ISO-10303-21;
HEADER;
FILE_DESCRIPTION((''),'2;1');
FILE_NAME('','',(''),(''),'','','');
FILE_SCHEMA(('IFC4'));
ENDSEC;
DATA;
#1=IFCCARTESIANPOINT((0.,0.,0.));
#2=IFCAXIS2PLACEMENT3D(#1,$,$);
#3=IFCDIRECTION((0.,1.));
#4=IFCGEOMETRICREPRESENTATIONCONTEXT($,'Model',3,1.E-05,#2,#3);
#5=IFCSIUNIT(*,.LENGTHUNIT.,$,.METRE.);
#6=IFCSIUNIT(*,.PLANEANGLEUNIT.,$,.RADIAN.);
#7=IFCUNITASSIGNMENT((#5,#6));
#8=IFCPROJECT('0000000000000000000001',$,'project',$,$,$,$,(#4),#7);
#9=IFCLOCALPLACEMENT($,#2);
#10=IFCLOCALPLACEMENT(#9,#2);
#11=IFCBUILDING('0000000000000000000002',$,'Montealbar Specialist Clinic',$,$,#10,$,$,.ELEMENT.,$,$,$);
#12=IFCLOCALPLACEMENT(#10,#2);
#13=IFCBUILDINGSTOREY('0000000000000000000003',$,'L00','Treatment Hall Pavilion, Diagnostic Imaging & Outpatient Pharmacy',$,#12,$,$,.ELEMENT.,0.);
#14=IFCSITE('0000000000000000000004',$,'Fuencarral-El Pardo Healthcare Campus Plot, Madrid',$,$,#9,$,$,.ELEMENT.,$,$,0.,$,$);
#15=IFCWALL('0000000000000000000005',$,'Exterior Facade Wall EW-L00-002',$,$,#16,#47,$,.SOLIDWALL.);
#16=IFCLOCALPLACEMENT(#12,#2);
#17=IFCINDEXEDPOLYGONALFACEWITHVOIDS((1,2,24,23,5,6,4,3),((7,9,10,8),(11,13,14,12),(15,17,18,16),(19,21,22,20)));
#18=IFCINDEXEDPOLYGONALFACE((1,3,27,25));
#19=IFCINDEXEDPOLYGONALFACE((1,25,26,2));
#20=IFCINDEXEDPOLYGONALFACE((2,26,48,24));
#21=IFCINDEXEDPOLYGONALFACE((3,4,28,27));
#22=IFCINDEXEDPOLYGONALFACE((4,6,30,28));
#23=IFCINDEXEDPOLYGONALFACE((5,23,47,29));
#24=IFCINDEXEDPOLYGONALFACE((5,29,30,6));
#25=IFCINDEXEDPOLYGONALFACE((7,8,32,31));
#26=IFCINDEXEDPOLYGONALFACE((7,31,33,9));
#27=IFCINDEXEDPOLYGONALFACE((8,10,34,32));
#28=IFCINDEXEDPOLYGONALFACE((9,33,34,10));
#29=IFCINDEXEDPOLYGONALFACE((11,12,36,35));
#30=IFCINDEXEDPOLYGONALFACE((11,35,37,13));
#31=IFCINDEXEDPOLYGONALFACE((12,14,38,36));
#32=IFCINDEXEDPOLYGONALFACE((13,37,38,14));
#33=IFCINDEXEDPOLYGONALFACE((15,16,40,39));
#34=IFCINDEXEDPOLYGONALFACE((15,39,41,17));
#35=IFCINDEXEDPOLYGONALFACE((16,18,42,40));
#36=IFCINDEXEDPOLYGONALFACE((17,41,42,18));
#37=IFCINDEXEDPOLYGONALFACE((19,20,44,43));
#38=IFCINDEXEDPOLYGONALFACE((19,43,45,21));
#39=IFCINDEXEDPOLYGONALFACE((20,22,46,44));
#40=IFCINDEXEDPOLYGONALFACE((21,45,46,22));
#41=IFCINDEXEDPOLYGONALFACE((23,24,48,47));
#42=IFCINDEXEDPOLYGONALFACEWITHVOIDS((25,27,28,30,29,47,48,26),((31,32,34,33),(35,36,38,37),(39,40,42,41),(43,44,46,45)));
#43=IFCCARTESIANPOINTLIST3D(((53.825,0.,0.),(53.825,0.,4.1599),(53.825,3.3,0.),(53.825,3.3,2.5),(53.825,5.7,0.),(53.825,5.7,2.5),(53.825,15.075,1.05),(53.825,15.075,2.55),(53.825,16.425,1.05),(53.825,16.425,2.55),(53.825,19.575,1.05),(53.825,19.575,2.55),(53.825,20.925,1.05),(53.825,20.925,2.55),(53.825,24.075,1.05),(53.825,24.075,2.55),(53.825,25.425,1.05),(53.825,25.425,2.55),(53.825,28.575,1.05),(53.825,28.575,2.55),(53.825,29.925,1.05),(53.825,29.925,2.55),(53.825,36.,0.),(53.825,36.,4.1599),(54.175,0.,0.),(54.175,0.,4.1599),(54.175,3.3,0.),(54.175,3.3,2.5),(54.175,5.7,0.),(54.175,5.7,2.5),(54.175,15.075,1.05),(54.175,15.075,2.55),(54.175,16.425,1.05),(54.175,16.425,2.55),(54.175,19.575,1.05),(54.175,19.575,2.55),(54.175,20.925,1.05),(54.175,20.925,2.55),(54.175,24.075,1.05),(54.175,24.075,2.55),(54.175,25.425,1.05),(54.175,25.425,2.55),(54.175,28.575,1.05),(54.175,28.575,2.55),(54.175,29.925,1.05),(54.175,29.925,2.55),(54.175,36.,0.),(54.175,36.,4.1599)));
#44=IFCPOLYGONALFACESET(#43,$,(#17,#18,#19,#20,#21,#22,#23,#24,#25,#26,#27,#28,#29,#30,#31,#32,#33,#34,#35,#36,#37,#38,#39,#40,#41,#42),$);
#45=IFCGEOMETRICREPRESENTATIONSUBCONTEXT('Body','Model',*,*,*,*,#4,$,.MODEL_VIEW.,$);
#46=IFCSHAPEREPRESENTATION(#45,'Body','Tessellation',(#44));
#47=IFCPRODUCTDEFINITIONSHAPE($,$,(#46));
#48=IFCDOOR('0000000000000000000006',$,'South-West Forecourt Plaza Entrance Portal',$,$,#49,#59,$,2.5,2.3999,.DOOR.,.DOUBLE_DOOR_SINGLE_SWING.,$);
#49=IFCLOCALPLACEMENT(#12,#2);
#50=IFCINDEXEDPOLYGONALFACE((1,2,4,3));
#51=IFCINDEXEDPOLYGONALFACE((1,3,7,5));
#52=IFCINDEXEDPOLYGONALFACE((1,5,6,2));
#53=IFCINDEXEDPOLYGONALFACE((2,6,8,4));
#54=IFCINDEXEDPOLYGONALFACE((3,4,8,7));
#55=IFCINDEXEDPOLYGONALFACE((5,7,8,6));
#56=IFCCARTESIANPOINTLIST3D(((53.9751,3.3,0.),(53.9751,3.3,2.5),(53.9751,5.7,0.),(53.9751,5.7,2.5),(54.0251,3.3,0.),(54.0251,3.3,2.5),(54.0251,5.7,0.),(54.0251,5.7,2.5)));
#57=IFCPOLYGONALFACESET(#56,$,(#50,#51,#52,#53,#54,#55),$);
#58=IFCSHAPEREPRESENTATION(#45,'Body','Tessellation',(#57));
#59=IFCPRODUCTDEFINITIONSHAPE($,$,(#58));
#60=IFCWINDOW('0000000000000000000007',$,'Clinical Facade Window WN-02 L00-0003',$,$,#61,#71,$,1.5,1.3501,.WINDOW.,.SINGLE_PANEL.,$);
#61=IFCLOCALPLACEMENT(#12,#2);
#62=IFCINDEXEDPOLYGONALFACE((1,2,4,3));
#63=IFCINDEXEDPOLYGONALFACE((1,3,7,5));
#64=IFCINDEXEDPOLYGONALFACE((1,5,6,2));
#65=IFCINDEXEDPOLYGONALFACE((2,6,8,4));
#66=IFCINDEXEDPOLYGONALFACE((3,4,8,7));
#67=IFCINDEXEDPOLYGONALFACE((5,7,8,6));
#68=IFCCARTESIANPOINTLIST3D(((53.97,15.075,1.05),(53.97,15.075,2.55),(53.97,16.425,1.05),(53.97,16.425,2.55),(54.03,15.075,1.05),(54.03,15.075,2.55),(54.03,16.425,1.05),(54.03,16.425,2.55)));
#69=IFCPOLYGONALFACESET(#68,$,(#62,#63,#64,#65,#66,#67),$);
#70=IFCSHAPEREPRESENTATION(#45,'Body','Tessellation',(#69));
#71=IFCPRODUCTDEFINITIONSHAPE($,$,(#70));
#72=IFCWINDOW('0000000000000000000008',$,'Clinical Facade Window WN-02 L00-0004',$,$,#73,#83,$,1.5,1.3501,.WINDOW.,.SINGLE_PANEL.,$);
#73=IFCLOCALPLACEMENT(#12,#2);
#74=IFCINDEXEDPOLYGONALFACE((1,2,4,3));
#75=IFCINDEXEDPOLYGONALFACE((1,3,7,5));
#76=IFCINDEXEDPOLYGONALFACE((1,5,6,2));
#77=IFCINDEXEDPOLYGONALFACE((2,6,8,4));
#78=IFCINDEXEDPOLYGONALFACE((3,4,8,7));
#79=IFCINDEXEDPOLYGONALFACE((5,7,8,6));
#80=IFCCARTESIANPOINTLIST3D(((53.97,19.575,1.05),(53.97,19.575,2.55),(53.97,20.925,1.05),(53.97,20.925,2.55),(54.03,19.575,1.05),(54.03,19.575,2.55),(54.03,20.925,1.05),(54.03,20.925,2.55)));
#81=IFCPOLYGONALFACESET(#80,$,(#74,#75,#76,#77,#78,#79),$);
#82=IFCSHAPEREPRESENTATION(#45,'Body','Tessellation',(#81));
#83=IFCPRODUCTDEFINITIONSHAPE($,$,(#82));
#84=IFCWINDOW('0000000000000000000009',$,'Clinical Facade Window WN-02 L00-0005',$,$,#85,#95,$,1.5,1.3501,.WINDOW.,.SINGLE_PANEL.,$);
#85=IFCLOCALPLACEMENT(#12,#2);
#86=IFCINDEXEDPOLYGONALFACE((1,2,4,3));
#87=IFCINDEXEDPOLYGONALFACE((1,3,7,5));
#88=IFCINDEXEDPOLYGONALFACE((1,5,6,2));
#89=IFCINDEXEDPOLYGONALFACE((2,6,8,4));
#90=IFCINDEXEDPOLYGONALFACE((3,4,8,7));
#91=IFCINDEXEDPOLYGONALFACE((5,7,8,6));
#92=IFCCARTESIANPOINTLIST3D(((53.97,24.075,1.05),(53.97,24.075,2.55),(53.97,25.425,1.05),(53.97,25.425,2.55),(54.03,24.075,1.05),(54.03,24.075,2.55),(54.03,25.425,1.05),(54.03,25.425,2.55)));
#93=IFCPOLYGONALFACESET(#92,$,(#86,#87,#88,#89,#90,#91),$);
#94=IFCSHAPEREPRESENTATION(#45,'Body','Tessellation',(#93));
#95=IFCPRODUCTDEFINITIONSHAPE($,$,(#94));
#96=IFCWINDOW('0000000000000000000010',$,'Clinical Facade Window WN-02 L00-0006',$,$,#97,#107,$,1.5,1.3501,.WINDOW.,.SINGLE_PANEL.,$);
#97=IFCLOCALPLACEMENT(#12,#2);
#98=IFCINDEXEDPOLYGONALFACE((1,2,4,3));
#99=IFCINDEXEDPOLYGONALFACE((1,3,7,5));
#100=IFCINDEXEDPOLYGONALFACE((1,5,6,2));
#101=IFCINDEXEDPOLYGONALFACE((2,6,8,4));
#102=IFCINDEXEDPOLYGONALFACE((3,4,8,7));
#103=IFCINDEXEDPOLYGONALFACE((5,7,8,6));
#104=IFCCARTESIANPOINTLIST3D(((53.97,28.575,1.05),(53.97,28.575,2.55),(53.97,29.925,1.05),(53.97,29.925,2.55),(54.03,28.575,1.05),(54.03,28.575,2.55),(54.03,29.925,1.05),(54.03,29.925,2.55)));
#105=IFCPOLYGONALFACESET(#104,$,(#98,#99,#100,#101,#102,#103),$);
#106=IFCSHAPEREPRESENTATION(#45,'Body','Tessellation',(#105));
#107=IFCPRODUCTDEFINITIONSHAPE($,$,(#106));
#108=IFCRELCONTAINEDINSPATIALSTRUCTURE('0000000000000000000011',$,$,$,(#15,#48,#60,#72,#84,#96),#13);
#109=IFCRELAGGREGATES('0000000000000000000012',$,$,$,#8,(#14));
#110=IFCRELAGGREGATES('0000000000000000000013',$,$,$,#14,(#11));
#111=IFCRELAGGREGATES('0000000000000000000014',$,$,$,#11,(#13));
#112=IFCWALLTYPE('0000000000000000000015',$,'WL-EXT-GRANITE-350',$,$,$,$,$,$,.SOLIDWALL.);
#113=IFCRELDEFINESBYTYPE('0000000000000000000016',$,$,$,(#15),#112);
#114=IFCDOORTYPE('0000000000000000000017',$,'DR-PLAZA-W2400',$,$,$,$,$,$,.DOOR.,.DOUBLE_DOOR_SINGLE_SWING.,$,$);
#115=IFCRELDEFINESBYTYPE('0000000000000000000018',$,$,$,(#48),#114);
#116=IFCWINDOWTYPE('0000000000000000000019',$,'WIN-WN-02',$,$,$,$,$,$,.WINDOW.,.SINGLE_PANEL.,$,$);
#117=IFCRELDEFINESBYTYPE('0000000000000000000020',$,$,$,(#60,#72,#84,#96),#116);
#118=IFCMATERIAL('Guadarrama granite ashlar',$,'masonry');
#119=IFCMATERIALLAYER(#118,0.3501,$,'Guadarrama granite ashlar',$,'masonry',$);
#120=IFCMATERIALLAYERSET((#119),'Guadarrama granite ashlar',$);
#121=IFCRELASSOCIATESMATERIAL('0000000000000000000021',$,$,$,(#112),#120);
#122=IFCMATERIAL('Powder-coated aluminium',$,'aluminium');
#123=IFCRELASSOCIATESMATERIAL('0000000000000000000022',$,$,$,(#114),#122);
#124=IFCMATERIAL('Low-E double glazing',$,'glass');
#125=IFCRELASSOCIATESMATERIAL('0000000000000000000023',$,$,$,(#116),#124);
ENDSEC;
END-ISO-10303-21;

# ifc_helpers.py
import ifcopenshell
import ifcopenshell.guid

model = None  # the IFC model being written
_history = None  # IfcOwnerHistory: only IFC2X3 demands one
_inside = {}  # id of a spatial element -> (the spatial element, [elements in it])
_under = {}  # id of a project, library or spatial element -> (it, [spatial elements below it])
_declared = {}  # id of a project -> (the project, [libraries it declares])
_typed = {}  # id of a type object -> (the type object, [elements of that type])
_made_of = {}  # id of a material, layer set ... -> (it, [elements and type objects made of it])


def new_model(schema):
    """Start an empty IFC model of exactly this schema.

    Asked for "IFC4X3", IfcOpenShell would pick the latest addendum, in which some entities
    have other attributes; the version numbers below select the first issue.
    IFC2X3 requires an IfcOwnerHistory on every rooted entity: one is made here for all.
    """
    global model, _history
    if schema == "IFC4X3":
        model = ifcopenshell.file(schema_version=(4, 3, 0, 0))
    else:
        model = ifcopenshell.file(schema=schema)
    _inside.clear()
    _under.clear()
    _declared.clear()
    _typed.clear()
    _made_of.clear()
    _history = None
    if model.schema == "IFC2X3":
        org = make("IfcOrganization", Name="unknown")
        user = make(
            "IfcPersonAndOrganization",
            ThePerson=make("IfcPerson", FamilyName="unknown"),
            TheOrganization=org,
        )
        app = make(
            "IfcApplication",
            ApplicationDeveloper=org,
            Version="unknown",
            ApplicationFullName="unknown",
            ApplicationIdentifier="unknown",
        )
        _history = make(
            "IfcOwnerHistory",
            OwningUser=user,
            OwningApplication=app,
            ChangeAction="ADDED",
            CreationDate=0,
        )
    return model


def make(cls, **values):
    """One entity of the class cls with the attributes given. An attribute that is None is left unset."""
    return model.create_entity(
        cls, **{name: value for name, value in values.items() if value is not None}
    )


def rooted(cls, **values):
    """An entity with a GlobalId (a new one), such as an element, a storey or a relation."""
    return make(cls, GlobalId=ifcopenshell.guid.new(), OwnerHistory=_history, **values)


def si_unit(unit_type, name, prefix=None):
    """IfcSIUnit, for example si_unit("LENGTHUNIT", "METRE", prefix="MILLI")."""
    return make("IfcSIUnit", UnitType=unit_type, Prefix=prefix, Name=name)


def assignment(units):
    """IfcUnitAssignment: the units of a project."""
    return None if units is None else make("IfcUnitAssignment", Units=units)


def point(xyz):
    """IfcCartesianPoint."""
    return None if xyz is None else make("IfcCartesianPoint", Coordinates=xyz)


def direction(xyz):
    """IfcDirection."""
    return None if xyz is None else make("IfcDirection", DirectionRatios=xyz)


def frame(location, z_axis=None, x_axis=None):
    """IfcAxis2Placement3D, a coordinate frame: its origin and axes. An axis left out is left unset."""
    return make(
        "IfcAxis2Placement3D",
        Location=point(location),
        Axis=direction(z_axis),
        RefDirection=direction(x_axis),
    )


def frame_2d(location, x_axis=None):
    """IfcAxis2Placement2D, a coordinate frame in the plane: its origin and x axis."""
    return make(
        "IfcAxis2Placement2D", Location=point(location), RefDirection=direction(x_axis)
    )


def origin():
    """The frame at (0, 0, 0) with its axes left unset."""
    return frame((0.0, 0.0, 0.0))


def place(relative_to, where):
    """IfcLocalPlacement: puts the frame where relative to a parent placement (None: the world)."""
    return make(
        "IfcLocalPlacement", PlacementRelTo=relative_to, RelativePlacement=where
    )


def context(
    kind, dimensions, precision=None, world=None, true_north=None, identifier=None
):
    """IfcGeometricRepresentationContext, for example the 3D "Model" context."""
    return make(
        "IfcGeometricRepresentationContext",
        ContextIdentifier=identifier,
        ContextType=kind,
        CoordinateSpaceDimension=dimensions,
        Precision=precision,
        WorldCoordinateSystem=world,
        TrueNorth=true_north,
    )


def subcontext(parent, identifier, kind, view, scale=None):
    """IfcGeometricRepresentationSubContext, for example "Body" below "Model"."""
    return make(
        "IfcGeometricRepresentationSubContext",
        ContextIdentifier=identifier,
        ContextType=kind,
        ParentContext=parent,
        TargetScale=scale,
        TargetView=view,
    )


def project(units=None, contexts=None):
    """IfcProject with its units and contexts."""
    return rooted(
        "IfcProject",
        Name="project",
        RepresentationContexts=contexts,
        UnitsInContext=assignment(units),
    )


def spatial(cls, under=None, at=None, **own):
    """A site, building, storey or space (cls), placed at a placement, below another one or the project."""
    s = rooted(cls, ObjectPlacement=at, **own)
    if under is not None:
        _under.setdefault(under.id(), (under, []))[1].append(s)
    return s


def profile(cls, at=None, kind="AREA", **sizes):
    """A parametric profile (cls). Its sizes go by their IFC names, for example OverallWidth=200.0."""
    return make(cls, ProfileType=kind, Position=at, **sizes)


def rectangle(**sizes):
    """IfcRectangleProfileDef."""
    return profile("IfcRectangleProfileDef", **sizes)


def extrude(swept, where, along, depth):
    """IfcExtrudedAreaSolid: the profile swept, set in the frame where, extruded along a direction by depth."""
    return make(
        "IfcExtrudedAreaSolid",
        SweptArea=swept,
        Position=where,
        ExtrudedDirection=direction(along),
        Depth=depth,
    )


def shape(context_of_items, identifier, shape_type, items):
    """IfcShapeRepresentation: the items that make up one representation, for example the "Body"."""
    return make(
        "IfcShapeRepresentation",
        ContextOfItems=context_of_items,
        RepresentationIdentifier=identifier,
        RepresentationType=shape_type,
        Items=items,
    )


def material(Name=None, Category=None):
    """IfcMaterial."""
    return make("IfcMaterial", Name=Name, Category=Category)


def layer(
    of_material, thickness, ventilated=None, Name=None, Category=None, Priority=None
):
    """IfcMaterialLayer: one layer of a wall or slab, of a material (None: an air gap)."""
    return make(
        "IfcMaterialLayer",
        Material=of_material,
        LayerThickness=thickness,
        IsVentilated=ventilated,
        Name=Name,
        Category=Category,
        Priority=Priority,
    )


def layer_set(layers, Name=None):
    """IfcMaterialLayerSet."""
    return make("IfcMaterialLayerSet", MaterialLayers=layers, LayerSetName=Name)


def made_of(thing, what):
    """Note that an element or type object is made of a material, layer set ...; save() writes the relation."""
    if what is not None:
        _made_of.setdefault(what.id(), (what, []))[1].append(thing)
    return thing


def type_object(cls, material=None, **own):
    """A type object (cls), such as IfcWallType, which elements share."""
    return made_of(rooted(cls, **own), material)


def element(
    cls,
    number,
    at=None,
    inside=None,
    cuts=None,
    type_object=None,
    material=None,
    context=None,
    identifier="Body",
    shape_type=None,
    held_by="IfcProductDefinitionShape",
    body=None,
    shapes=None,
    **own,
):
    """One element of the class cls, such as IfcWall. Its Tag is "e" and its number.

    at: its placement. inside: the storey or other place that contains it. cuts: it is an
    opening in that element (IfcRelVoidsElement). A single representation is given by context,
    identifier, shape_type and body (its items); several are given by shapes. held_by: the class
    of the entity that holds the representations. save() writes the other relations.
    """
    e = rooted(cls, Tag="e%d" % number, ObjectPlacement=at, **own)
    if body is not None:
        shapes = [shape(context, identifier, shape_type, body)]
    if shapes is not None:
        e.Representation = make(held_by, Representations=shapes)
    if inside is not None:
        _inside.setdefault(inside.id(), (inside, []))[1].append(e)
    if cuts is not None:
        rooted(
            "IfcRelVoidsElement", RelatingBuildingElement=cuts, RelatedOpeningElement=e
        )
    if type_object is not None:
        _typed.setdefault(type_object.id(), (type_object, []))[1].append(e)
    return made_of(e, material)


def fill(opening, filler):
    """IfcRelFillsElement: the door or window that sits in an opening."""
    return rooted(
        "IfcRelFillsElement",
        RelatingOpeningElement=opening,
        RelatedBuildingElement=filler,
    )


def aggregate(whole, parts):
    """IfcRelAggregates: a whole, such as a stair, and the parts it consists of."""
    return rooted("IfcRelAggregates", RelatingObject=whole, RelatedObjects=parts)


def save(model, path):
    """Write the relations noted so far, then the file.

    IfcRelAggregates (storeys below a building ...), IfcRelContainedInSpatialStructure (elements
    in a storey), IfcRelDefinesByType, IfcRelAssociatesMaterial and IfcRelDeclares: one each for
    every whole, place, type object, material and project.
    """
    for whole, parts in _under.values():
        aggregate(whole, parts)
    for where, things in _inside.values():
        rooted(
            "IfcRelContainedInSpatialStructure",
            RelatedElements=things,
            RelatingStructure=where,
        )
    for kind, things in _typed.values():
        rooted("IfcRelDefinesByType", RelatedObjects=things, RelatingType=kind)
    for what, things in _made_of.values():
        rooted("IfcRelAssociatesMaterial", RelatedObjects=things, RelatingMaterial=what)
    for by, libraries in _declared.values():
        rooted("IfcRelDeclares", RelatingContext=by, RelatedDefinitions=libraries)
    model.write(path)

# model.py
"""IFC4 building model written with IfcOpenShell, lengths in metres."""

from ifc_helpers import new_model, si_unit, direction, frame, frame_2d, origin, place, context, subcontext, project, spatial, rectangle, extrude, material, layer, layer_set, type_object, element, fill, save


model = new_model("IFC4")

# Units and contexts
model_context = context("Model", 3, precision=1e-05, world=origin(), true_north=direction((0.0, 1.0)))
body_context = subcontext(model_context, "Body", "Model", "MODEL_VIEW")
ifc_project = project(units=[si_unit("LENGTHUNIT", "METRE"), si_unit("PLANEANGLEUNIT", "RADIAN")], contexts=[model_context])

# Site, building, storey
site_placement = place(None, origin())
site = spatial("IfcSite", under=ifc_project, at=site_placement, Name="Fuencarral-El Pardo Healthcare Campus Plot, Madrid", CompositionType="ELEMENT", RefElevation=0.0)
building_placement = place(site_placement, origin())
building = spatial("IfcBuilding", under=site, at=building_placement, Name="Montealbar Specialist Clinic", CompositionType="ELEMENT")
storey_placement = place(building_placement, origin())
storey = spatial("IfcBuildingStorey", under=building, at=storey_placement, Name="L00", Description="Treatment Hall Pavilion, Diagnostic Imaging & Outpatient Pharmacy", CompositionType="ELEMENT", Elevation=0.0)

# Shared definitions
ifc_material_1 = material(Name="Low-E double glazing", Category="glass")

# Wall, openings, door, windows
ifc_material_2 = material(Name="Guadarrama granite ashlar", Category="masonry")
ifc_layer_1 = layer(ifc_material_2, 0.3501, Name="Guadarrama granite ashlar", Category="masonry")
ifc_layer_set_1 = layer_set([ifc_layer_1], Name="Guadarrama granite ashlar")
wall_type_1 = type_object("IfcWallType", Name="WL-EXT-GRANITE-350", PredefinedType="SOLIDWALL", material=ifc_layer_set_1)
wall_1_placement = place(storey_placement, frame((54.0, 0.0, 0.0), z_axis=(0.0, 0.0, 1.0), x_axis=(0.0, 1.0, 0.0)))
wall_1 = element("IfcWall", 1, at=wall_1_placement, inside=storey, type_object=wall_type_1, Name="Exterior Facade Wall EW-L00-002", PredefinedType="SOLIDWALL", context=body_context, shape_type="SweptSolid", body=[
    extrude(rectangle(XDim=36.0, YDim=0.3501, at=frame_2d((18.0, 0.0))), origin(), (0.0, 0.0, 1.0), 4.1599),
])
opening_1_placement = place(wall_1_placement, frame((3.3, 0.0, 0.0)))
opening_1 = element("IfcOpeningElement", 2, at=opening_1_placement, cuts=wall_1, PredefinedType="OPENING", context=body_context, shape_type="SweptSolid", body=[
    extrude(rectangle(XDim=2.3999, YDim=2.5, at=frame_2d((1.2, 1.25))), frame((0.0, 0.1851, 0.0), z_axis=(0.0, -1.0, 0.0), x_axis=(1.0, 0.0, 0.0)), (0.0, 0.0, 1.0), 0.3701),
])
opening_2_placement = place(wall_1_placement, frame((15.075, 0.0, 1.05)))
opening_2 = element("IfcOpeningElement", 3, at=opening_2_placement, cuts=wall_1, PredefinedType="OPENING", context=body_context, shape_type="SweptSolid", body=[
    extrude(rectangle(XDim=1.3501, YDim=1.5, at=frame_2d((0.675, 0.75))), frame((0.0, 0.1851, 0.0), z_axis=(0.0, -1.0, 0.0), x_axis=(1.0, 0.0, 0.0)), (0.0, 0.0, 1.0), 0.3701),
])
opening_3_placement = place(wall_1_placement, frame((19.575, 0.0, 1.05)))
opening_3 = element("IfcOpeningElement", 4, at=opening_3_placement, cuts=wall_1, PredefinedType="OPENING", context=body_context, shape_type="SweptSolid", body=[
    extrude(rectangle(XDim=1.3501, YDim=1.5, at=frame_2d((0.675, 0.75))), frame((0.0, 0.1851, 0.0), z_axis=(0.0, -1.0, 0.0), x_axis=(1.0, 0.0, 0.0)), (0.0, 0.0, 1.0), 0.3701),
])
opening_4_placement = place(wall_1_placement, frame((24.075, 0.0, 1.05)))
opening_4 = element("IfcOpeningElement", 5, at=opening_4_placement, cuts=wall_1, PredefinedType="OPENING", context=body_context, shape_type="SweptSolid", body=[
    extrude(rectangle(XDim=1.3501, YDim=1.5, at=frame_2d((0.675, 0.75))), frame((0.0, 0.1851, 0.0), z_axis=(0.0, -1.0, 0.0), x_axis=(1.0, 0.0, 0.0)), (0.0, 0.0, 1.0), 0.3701),
])
opening_5_placement = place(wall_1_placement, frame((28.575, 0.0, 1.05)))
opening_5 = element("IfcOpeningElement", 6, at=opening_5_placement, cuts=wall_1, PredefinedType="OPENING", context=body_context, shape_type="SweptSolid", body=[
    extrude(rectangle(XDim=1.3501, YDim=1.5, at=frame_2d((0.675, 0.75))), frame((0.0, 0.1851, 0.0), z_axis=(0.0, -1.0, 0.0), x_axis=(1.0, 0.0, 0.0)), (0.0, 0.0, 1.0), 0.3701),
])
ifc_material_3 = material(Name="Powder-coated aluminium", Category="aluminium")
door_type = type_object("IfcDoorType", Name="DR-PLAZA-W2400", OperationType="DOUBLE_DOOR_SINGLE_SWING", PredefinedType="DOOR", material=ifc_material_3)
door_placement = place(opening_1_placement, origin())
door = element("IfcDoor", 7, at=door_placement, inside=storey, type_object=door_type, Name="South-West Forecourt Plaza Entrance Portal", OperationType="DOUBLE_DOOR_SINGLE_SWING", OverallHeight=2.5, OverallWidth=2.3999, PredefinedType="DOOR", context=body_context, shape_type="SweptSolid", body=[
    extrude(rectangle(XDim=2.3999, YDim=2.5, at=frame_2d((1.2, 1.25))), frame((0.0, 0.0249, 0.0), z_axis=(0.0, -1.0, 0.0), x_axis=(1.0, 0.0, 0.0)), (0.0, 0.0, 1.0), 0.05),
])
fill(opening_1, door)
window_type_1 = type_object("IfcWindowType", Name="WIN-WN-02", PartitioningType="SINGLE_PANEL", PredefinedType="WINDOW", material=ifc_material_1)
window_1_placement = place(opening_2_placement, origin())
window_1 = element("IfcWindow", 8, at=window_1_placement, inside=storey, type_object=window_type_1, Name="Clinical Facade Window WN-02 L00-0003", OverallHeight=1.5, OverallWidth=1.3501, PartitioningType="SINGLE_PANEL", PredefinedType="WINDOW", context=body_context, shape_type="SweptSolid", body=[
    extrude(rectangle(XDim=1.3501, YDim=1.5, at=frame_2d((0.675, 0.75))), frame((0.0, 0.03, 0.0), z_axis=(0.0, -1.0, 0.0), x_axis=(1.0, 0.0, 0.0)), (0.0, 0.0, 1.0), 0.0601),
])
fill(opening_2, window_1)
window_2_placement = place(opening_3_placement, origin())
window_2 = element("IfcWindow", 9, at=window_2_placement, inside=storey, type_object=window_type_1, Name="Clinical Facade Window WN-02 L00-0004", OverallHeight=1.5, OverallWidth=1.3501, PartitioningType="SINGLE_PANEL", PredefinedType="WINDOW", context=body_context, shape_type="SweptSolid", body=[
    extrude(rectangle(XDim=1.3501, YDim=1.5, at=frame_2d((0.675, 0.75))), frame((0.0, 0.03, 0.0), z_axis=(0.0, -1.0, 0.0), x_axis=(1.0, 0.0, 0.0)), (0.0, 0.0, 1.0), 0.0601),
])
fill(opening_3, window_2)
window_3_placement = place(opening_4_placement, origin())
window_3 = element("IfcWindow", 10, at=window_3_placement, inside=storey, type_object=window_type_1, Name="Clinical Facade Window WN-02 L00-0005", OverallHeight=1.5, OverallWidth=1.3501, PartitioningType="SINGLE_PANEL", PredefinedType="WINDOW", context=body_context, shape_type="SweptSolid", body=[
    extrude(rectangle(XDim=1.3501, YDim=1.5, at=frame_2d((0.675, 0.75))), frame((0.0, 0.03, 0.0), z_axis=(0.0, -1.0, 0.0), x_axis=(1.0, 0.0, 0.0)), (0.0, 0.0, 1.0), 0.0601),
])
fill(opening_4, window_3)
window_4_placement = place(opening_5_placement, origin())
window_4 = element("IfcWindow", 11, at=window_4_placement, inside=storey, type_object=window_type_1, Name="Clinical Facade Window WN-02 L00-0006", OverallHeight=1.5, OverallWidth=1.3501, PartitioningType="SINGLE_PANEL", PredefinedType="WINDOW", context=body_context, shape_type="SweptSolid", body=[
    extrude(rectangle(XDim=1.3501, YDim=1.5, at=frame_2d((0.675, 0.75))), frame((0.0, 0.03, 0.0), z_axis=(0.0, -1.0, 0.0), x_axis=(1.0, 0.0, 0.0)), (0.0, 0.0, 1.0), 0.0601),
])
fill(opening_5, window_4)

save(model, "model.ifc")
